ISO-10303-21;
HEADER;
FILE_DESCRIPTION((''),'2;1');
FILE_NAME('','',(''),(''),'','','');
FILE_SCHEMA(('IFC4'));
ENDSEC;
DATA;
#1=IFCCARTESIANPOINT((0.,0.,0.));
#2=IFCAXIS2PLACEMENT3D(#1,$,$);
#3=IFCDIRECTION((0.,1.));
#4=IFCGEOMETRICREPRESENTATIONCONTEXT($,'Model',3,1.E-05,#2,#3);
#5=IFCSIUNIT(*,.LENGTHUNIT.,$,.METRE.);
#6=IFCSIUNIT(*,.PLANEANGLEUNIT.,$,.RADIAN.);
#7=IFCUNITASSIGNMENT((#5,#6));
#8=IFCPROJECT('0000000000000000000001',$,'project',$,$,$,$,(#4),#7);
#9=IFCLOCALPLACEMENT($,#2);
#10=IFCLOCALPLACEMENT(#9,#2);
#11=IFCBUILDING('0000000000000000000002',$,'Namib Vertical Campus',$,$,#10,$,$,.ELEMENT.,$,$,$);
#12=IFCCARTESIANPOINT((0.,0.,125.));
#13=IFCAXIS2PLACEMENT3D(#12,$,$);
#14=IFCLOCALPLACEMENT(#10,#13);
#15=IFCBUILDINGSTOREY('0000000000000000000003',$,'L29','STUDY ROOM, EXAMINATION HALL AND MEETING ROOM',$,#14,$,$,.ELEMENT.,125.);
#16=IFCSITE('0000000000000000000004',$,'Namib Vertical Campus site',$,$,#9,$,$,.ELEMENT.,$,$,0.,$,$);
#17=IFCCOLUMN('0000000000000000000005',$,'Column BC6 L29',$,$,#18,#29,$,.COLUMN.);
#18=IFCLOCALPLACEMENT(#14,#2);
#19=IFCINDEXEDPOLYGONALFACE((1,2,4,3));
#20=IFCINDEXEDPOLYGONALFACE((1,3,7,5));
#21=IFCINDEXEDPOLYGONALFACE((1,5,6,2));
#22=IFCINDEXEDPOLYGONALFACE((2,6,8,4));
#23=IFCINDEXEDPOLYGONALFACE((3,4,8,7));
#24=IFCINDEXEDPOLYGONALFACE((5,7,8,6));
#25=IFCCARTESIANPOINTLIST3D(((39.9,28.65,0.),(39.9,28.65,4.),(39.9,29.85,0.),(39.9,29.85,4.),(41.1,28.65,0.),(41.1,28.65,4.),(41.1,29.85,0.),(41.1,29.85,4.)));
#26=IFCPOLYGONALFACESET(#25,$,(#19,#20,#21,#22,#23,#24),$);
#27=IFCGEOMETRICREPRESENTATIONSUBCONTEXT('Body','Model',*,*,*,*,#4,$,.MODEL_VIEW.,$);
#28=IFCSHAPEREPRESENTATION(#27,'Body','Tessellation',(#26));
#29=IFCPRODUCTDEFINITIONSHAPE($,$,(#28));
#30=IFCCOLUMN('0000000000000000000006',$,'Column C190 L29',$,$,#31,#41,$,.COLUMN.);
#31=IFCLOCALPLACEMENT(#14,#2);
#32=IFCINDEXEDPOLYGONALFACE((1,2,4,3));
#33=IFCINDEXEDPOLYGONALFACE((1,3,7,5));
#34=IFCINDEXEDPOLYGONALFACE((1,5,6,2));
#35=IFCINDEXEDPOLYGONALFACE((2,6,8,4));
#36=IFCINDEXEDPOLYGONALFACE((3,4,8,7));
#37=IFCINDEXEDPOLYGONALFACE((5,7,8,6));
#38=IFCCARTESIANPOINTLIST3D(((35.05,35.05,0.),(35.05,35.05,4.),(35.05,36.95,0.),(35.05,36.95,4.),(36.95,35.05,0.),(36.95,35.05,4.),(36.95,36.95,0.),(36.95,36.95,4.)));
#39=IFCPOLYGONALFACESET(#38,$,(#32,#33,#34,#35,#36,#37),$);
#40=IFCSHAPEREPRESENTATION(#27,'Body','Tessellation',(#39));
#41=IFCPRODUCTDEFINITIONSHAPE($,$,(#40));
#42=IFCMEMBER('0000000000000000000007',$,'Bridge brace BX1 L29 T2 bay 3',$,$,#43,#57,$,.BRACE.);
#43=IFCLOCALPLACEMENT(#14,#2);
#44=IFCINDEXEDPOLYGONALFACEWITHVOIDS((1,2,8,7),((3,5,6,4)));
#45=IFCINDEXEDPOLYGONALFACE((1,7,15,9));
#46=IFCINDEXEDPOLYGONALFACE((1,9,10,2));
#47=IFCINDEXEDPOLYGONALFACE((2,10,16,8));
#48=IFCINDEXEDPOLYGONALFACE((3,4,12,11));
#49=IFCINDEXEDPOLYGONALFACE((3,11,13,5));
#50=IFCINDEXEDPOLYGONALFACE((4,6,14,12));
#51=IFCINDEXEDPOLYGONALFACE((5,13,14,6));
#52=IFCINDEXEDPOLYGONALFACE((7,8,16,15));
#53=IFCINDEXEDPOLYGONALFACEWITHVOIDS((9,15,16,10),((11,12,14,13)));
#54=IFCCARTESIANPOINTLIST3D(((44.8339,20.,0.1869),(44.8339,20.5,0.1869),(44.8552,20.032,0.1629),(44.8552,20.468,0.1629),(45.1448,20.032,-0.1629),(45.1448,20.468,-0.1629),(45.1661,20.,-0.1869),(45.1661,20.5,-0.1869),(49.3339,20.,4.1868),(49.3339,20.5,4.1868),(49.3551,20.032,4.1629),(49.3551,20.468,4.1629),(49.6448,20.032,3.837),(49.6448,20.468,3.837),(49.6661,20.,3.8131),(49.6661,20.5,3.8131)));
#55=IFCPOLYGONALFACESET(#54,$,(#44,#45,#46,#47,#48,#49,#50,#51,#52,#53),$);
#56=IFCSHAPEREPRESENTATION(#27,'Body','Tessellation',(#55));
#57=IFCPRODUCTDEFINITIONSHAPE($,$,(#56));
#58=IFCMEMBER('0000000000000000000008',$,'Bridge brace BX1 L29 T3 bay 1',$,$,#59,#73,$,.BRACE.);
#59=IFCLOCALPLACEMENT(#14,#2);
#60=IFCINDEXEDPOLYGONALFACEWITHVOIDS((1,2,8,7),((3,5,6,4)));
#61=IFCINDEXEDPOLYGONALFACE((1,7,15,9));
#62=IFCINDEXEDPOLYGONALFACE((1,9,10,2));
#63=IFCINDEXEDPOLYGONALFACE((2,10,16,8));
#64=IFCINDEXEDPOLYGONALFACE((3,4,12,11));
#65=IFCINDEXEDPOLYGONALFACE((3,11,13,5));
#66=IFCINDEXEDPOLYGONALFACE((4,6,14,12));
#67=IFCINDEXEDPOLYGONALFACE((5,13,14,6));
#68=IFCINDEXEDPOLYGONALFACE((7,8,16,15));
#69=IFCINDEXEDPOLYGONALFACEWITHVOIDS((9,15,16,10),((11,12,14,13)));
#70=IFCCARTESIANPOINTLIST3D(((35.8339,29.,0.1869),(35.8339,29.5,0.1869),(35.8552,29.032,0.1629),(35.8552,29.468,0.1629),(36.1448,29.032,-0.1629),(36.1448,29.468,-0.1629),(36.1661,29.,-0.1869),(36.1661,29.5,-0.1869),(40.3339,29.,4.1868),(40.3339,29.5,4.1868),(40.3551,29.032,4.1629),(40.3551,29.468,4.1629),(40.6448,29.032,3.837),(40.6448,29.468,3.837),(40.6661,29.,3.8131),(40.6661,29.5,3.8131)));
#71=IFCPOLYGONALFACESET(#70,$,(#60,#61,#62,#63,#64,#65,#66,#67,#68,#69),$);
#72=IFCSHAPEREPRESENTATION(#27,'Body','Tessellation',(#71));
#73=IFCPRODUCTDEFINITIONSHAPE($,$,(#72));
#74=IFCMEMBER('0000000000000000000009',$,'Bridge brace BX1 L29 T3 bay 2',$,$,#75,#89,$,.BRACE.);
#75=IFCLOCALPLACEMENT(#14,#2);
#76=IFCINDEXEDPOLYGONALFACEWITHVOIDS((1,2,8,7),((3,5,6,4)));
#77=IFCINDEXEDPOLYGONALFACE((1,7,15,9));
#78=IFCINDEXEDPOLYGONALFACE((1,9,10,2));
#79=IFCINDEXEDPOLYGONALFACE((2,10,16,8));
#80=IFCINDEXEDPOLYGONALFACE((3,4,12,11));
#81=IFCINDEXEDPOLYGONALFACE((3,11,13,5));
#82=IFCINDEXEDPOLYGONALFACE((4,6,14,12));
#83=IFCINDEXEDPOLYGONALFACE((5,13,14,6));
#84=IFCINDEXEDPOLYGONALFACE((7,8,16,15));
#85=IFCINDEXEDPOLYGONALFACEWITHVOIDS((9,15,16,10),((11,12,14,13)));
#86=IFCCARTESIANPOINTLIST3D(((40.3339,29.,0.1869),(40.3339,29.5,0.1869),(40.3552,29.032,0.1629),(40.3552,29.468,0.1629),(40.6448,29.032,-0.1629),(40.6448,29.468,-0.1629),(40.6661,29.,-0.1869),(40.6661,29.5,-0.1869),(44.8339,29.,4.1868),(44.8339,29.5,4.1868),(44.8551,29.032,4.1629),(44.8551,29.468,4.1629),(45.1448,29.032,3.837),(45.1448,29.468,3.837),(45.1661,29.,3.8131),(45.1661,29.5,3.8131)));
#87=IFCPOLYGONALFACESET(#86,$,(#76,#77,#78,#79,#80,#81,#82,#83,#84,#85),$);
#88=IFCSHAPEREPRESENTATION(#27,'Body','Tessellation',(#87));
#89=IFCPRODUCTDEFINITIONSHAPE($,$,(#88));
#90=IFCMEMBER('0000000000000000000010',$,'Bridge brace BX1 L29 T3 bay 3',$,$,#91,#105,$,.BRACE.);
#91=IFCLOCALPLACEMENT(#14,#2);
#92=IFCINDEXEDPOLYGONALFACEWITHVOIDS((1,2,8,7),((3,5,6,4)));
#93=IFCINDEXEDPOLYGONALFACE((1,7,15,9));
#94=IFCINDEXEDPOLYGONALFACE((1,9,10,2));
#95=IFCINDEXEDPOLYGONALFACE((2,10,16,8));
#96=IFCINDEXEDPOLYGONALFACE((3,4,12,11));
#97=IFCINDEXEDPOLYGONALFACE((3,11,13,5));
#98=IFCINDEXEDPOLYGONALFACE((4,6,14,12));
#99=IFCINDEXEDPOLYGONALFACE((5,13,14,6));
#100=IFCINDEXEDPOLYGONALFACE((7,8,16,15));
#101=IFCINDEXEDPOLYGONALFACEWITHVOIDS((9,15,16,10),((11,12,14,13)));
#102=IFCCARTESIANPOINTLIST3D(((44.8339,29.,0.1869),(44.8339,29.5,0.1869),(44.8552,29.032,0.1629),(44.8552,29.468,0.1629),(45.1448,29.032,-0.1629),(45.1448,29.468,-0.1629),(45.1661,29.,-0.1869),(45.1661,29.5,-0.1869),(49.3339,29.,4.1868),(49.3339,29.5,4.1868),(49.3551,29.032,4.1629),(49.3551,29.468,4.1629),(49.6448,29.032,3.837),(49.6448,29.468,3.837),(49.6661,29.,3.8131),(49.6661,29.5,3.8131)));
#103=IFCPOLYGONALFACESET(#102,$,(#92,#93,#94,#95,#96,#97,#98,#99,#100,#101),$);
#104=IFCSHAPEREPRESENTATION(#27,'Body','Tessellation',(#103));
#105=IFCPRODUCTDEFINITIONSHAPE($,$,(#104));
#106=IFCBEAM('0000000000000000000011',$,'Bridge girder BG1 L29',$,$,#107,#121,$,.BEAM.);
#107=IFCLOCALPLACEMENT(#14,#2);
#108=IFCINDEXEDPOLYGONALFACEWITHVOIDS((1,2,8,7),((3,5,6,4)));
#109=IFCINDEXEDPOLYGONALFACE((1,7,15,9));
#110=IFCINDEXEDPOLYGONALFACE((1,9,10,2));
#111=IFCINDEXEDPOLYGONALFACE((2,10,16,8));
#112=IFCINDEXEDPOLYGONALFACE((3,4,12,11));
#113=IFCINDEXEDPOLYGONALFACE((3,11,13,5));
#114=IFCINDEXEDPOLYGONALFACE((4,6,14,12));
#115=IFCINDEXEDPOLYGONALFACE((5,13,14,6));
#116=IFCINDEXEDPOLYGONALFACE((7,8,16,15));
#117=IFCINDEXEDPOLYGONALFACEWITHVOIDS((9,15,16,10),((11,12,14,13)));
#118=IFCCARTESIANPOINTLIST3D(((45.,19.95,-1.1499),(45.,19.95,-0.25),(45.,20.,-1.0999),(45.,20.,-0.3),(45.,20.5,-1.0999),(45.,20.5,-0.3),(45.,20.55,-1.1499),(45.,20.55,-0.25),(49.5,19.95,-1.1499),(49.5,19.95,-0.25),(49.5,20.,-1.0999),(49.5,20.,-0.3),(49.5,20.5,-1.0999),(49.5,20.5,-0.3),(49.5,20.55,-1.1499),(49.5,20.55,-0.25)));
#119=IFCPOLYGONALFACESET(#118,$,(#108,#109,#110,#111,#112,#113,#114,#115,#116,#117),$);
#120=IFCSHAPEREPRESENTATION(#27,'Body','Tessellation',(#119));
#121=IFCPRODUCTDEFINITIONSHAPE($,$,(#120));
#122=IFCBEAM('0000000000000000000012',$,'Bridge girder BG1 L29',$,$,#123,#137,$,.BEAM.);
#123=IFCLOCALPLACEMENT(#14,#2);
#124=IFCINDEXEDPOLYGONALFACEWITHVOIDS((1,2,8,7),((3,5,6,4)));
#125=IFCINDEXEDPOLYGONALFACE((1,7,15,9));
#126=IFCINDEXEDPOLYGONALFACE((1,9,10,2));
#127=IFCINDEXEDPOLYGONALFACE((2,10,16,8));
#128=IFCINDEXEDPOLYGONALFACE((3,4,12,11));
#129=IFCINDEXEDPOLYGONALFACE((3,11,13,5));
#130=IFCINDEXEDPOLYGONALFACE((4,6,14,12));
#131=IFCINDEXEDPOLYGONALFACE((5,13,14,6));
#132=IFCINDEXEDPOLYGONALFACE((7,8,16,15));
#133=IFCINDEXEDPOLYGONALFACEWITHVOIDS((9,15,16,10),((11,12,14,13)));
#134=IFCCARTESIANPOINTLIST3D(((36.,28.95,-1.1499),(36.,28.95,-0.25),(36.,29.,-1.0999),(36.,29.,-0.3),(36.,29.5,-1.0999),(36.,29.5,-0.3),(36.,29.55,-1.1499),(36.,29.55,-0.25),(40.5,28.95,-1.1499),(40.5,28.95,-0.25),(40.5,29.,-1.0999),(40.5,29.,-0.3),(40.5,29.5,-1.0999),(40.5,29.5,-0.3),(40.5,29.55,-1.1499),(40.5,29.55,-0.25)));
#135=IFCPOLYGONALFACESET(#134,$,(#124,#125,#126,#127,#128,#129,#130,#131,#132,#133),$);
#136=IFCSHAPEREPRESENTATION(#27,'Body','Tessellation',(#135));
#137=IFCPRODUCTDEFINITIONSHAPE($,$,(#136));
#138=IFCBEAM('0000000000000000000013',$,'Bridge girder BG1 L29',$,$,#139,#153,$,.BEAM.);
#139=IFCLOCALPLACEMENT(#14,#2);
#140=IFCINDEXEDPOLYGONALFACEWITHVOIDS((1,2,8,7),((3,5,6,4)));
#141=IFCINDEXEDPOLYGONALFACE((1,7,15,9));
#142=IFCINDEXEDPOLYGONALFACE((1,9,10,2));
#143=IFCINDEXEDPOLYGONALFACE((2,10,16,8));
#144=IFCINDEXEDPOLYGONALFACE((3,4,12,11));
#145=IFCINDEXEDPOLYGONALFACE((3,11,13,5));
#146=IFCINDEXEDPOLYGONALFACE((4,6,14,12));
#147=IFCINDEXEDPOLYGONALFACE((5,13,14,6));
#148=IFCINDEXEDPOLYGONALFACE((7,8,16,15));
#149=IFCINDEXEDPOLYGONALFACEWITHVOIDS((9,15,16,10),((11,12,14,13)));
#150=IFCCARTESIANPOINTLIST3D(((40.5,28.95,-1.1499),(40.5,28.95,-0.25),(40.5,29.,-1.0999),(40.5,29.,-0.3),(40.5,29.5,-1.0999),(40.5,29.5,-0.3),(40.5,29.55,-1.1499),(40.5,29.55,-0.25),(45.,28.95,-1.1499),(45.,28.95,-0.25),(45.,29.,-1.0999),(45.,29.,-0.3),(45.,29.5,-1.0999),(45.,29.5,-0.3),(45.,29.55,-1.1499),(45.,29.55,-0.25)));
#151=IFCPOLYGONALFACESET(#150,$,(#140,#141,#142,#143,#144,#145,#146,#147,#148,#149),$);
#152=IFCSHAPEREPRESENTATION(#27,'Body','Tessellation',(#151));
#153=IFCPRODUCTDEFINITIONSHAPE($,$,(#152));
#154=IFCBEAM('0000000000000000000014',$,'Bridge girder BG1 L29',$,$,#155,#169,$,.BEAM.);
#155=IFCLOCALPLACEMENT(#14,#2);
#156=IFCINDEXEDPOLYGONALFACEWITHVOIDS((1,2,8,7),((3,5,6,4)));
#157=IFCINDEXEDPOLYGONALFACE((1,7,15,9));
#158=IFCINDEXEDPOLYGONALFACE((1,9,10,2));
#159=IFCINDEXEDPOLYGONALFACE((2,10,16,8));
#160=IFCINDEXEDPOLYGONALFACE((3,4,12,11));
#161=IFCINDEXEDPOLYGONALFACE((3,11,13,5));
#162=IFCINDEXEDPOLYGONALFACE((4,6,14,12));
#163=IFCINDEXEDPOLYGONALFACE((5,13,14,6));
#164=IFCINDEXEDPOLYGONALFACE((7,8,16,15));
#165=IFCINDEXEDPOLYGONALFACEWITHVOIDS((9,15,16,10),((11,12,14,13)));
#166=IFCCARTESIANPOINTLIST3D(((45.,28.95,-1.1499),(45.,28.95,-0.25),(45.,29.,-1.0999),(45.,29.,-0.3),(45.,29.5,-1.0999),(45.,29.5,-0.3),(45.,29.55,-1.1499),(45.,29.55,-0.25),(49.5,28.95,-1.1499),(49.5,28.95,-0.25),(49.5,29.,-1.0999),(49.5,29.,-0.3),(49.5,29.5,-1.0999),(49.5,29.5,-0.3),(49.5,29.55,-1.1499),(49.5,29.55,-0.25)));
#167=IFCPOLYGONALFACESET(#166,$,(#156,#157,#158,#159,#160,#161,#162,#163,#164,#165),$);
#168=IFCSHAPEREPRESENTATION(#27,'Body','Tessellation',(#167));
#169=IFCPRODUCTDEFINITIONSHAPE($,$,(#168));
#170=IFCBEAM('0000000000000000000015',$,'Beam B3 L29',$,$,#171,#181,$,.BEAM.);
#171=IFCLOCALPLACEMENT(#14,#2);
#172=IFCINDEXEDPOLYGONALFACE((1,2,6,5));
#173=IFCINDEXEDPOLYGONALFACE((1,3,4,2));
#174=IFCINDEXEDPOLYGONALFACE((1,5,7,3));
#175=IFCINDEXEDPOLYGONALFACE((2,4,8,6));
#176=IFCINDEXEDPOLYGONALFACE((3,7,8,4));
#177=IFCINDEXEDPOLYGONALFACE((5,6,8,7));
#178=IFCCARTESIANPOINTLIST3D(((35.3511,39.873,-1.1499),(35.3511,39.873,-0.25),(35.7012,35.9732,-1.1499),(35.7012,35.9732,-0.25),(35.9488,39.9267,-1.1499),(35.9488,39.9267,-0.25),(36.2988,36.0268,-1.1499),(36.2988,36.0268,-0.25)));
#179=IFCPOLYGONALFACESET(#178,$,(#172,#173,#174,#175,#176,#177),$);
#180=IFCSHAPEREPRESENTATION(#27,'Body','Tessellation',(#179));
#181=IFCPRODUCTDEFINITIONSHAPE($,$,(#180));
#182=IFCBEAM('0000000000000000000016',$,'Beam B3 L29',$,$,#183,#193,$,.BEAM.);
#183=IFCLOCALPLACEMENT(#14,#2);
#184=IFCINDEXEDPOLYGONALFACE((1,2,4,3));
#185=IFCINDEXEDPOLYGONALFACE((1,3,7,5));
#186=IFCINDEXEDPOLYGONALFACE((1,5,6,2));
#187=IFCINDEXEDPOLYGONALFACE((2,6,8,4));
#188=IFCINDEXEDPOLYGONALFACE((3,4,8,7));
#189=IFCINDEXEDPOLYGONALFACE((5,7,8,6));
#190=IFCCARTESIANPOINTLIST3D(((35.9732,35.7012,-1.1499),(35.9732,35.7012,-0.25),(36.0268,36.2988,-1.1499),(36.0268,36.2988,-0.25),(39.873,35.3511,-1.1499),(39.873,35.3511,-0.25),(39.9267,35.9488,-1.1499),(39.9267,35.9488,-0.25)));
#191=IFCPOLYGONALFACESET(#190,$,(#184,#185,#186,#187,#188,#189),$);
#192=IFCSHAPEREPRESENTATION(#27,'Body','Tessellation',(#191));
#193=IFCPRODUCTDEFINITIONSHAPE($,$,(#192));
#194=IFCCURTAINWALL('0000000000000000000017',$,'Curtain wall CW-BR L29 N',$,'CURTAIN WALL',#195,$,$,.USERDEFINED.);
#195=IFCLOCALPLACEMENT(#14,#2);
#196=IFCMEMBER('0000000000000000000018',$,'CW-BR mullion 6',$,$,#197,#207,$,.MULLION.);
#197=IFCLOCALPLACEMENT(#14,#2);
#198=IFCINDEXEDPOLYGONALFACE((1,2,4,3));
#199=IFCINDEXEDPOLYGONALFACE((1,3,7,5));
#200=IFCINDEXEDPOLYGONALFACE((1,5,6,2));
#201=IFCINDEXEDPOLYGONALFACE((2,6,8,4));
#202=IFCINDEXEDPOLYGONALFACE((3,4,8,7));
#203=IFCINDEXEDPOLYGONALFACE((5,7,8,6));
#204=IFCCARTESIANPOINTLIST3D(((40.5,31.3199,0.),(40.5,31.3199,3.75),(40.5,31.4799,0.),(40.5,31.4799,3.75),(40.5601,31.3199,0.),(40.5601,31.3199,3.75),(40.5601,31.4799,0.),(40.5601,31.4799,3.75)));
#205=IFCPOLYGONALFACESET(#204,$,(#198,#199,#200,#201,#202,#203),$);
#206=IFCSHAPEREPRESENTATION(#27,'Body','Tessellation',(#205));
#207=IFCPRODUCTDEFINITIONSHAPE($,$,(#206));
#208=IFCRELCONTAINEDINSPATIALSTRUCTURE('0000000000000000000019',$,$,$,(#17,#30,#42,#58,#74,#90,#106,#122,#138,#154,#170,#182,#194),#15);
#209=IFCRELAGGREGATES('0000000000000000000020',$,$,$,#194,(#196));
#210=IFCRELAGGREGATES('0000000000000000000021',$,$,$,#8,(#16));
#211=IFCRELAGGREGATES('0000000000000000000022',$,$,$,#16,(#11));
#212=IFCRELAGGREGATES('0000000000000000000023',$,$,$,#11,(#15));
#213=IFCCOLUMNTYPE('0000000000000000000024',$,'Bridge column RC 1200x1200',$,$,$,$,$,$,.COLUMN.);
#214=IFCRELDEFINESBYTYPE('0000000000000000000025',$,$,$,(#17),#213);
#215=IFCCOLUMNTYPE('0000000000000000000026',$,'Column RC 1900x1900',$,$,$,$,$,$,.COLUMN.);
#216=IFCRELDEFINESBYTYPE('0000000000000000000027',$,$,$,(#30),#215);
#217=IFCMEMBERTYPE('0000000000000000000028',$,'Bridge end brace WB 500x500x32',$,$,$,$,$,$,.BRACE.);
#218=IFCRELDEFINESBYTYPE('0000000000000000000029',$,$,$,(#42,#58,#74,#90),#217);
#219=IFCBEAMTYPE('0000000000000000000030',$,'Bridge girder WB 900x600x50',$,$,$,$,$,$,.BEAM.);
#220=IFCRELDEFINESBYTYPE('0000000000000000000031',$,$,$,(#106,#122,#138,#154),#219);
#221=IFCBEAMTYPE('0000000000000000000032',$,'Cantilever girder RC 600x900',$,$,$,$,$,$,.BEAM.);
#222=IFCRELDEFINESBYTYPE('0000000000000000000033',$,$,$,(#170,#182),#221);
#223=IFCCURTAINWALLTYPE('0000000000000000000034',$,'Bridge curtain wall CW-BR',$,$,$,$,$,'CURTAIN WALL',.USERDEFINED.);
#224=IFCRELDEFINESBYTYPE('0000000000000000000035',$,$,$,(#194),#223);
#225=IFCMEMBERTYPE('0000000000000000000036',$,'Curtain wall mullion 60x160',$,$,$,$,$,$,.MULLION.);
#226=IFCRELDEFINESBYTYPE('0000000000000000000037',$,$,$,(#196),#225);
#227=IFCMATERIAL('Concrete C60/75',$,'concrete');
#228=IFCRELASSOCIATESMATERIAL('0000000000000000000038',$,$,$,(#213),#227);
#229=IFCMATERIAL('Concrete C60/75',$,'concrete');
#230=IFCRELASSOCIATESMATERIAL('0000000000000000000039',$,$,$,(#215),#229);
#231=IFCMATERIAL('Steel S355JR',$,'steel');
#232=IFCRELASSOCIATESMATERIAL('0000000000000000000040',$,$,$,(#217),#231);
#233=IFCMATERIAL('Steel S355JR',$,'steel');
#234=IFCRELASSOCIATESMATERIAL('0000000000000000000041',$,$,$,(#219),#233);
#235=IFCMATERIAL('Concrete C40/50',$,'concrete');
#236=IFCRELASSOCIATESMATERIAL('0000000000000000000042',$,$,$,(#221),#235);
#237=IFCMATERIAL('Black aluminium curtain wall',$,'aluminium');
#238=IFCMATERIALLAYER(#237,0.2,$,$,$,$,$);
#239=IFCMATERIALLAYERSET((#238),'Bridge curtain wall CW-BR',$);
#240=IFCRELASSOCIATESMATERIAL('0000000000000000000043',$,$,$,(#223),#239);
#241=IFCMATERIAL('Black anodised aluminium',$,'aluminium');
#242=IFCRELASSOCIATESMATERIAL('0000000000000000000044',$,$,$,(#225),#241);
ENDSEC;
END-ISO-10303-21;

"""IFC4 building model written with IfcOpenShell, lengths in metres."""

from ifc_helpers import new_model, si_unit, direction, frame, origin, origin_2d, place, context, subcontext, project, spatial, rectangle, hollow_rectangle, extrude, material, layer, layer_set, material_profile, profile_set, type_object, element, aggregate, save


model = new_model("IFC4")

# Units and contexts
model_context = context("Model", 3, precision=1e-05, world=origin(), true_north=direction((0.0, 1.0)))
body_context = subcontext(model_context, "Body", "Model", "MODEL_VIEW")
ifc_project = project(units=[si_unit("LENGTHUNIT", "METRE"), si_unit("PLANEANGLEUNIT", "RADIAN")], contexts=[model_context])

# Site, building, storey
site_placement = place(None, origin())
site = spatial("IfcSite", under=ifc_project, at=site_placement, Name="Namib Vertical Campus site", CompositionType="ELEMENT", RefElevation=0.0)
building_placement = place(site_placement, origin())
building = spatial("IfcBuilding", under=site, at=building_placement, Name="Namib Vertical Campus", CompositionType="ELEMENT")
storey_placement = place(building_placement, frame((0.0, 0.0, 125.0)))
storey = spatial("IfcBuildingStorey", under=building, at=storey_placement, Name="L29", Description="STUDY ROOM, EXAMINATION HALL AND MEETING ROOM", CompositionType="ELEMENT", Elevation=125.0)

# Columns
ifc_material_1 = material(Name="Concrete C60/75", Category="concrete")
ifc_material_profile_1 = material_profile(ifc_material_1, rectangle(XDim=1.2, YDim=1.2, at=origin_2d()))
ifc_profile_set_1 = profile_set([ifc_material_profile_1], Name="Concrete C60/75")
column_type_1 = type_object("IfcColumnType", Name="Bridge column RC 1200x1200", PredefinedType="COLUMN", material=ifc_profile_set_1)
column_1_placement = place(storey_placement, frame((40.5, 29.25, 0.0), z_axis=(0.0, 0.0, 1.0), x_axis=(1.0, 0.0, 0.0)))
element("IfcColumn", 1, at=column_1_placement, inside=storey, type_object=column_type_1, Name="Column BC6 L29", PredefinedType="COLUMN", context=body_context, shape_type="SweptSolid", body=[
    extrude(rectangle(XDim=1.2, YDim=1.2, at=origin_2d()), origin(), (0.0, 0.0, 1.0), 4.0),
])
ifc_material_2 = material(Name="Concrete C60/75", Category="concrete")
ifc_material_profile_2 = material_profile(ifc_material_2, rectangle(XDim=1.8999, YDim=1.8999, at=origin_2d()))
ifc_profile_set_2 = profile_set([ifc_material_profile_2], Name="Concrete C60/75")
column_type_2 = type_object("IfcColumnType", Name="Column RC 1900x1900", PredefinedType="COLUMN", material=ifc_profile_set_2)
column_2_placement = place(storey_placement, frame((36.0, 36.0, 0.0), z_axis=(0.0, 0.0, 1.0), x_axis=(1.0, 0.0, 0.0)))
element("IfcColumn", 2, at=column_2_placement, inside=storey, type_object=column_type_2, Name="Column C190 L29", PredefinedType="COLUMN", context=body_context, shape_type="SweptSolid", body=[
    extrude(rectangle(XDim=1.8999, YDim=1.8999, at=origin_2d()), origin(), (0.0, 0.0, 1.0), 4.0),
])

# Members
ifc_material_3 = material(Name="Steel S355JR", Category="steel")
ifc_material_profile_3 = material_profile(ifc_material_3, hollow_rectangle(XDim=0.5, YDim=0.5, WallThickness=0.032, at=origin_2d()))
ifc_profile_set_3 = profile_set([ifc_material_profile_3], Name="Steel S355JR")
member_type_1 = type_object("IfcMemberType", Name="Bridge end brace WB 500x500x32", PredefinedType="BRACE", material=ifc_profile_set_3)
for number, where, z_axis, x_axis, name in (
    (3, (45.0, 20.25, 0.0), (0.747409, 0.0, 0.664364), (0.0, 1.0, 0.0), "Bridge brace BX1 L29 T2 bay 3"),
    (4, (36.0, 29.25, 0.0), (0.747409, 0.0, 0.664364), (0.0, 1.0, 0.0), "Bridge brace BX1 L29 T3 bay 1"),
    (5, (40.5, 29.25, 0.0), (0.747409, 0.0, 0.664364), (0.0, 1.0, 0.0), "Bridge brace BX1 L29 T3 bay 2"),
    (6, (45.0, 29.25, 0.0), (0.747409, 0.0, 0.664364), (0.0, 1.0, 0.0), "Bridge brace BX1 L29 T3 bay 3"),
):
    element("IfcMember", number, at=place(storey_placement, frame(where, z_axis=z_axis, x_axis=x_axis)), inside=storey, type_object=member_type_1, Name=name, PredefinedType="BRACE", context=body_context, shape_type="SweptSolid", body=[
        extrude(hollow_rectangle(XDim=0.5, YDim=0.5, WallThickness=0.032, at=origin_2d()), origin(), (0.0, 0.0, 1.0), 6.0208),
    ])

# Beams
ifc_material_4 = material(Name="Steel S355JR", Category="steel")
ifc_material_profile_4 = material_profile(ifc_material_4, hollow_rectangle(XDim=0.6001, YDim=0.8999, WallThickness=0.05, at=origin_2d()))
ifc_profile_set_4 = profile_set([ifc_material_profile_4], Name="Steel S355JR")
beam_type_1 = type_object("IfcBeamType", Name="Bridge girder WB 900x600x50", PredefinedType="BEAM", material=ifc_profile_set_4)
for number, where, z_axis, x_axis, name in (
    (7, (45.0, 20.25, -0.7), (1.0, 0.0, 0.0), (0.0, 1.0, 0.0), "Bridge girder BG1 L29"),
    (8, (36.0, 29.25, -0.7), (1.0, 0.0, 0.0), (0.0, 1.0, 0.0), "Bridge girder BG1 L29"),
    (9, (40.5, 29.25, -0.7), (1.0, 0.0, 0.0), (0.0, 1.0, 0.0), "Bridge girder BG1 L29"),
    (10, (45.0, 29.25, -0.7), (1.0, 0.0, 0.0), (0.0, 1.0, 0.0), "Bridge girder BG1 L29"),
):
    element("IfcBeam", number, at=place(storey_placement, frame(where, z_axis=z_axis, x_axis=x_axis)), inside=storey, type_object=beam_type_1, Name=name, PredefinedType="BEAM", context=body_context, shape_type="SweptSolid", body=[
        extrude(hollow_rectangle(XDim=0.6001, YDim=0.8999, WallThickness=0.05, at=origin_2d()), origin(), (0.0, 0.0, 1.0), 4.5),
    ])
ifc_material_5 = material(Name="Concrete C40/50", Category="concrete")
ifc_material_profile_5 = material_profile(ifc_material_5, rectangle(XDim=0.6001, YDim=0.8999, at=origin_2d()))
ifc_profile_set_5 = profile_set([ifc_material_profile_5], Name="Concrete C40/50")
beam_type_2 = type_object("IfcBeamType", Name="Cantilever girder RC 600x900", PredefinedType="BEAM", material=ifc_profile_set_5)
for number, where, z_axis, x_axis, name in (
    (11, (36.0, 36.0, -0.7), (-0.089411, 0.995995, 0.0), (-0.995995, -0.089411, 0.0), "Beam B3 L29"),
    (12, (36.0, 36.0, -0.7), (0.995995, -0.089411, 0.0), (0.089411, 0.995995, 0.0), "Beam B3 L29"),
):
    element("IfcBeam", number, at=place(storey_placement, frame(where, z_axis=z_axis, x_axis=x_axis)), inside=storey, type_object=beam_type_2, Name=name, PredefinedType="BEAM", context=body_context, shape_type="SweptSolid", body=[
        extrude(rectangle(XDim=0.6001, YDim=0.8999, at=origin_2d()), origin(), (0.0, 0.0, 1.0), 3.9155),
    ])

# Curtain wall, member
ifc_material_6 = material(Name="Black aluminium curtain wall", Category="aluminium")
ifc_layer_1 = layer(ifc_material_6, 0.2)
ifc_layer_set_1 = layer_set([ifc_layer_1], Name="Bridge curtain wall CW-BR")
curtain_wall_type = type_object("IfcCurtainWallType", Name="Bridge curtain wall CW-BR", ElementType="CURTAIN WALL", PredefinedType="USERDEFINED", material=ifc_layer_set_1)
curtain_wall_placement = place(storey_placement, origin())
curtain_wall = element("IfcCurtainWall", 13, at=curtain_wall_placement, inside=storey, type_object=curtain_wall_type, Name="Curtain wall CW-BR L29 N", ObjectType="CURTAIN WALL", PredefinedType="USERDEFINED")
ifc_material_7 = material(Name="Black anodised aluminium", Category="aluminium")
ifc_material_profile_6 = material_profile(ifc_material_7, rectangle(XDim=0.0601, YDim=0.1599, at=origin_2d()))
ifc_profile_set_6 = profile_set([ifc_material_profile_6], Name="Black anodised aluminium")
member_type_2 = type_object("IfcMemberType", Name="Curtain wall mullion 60x160", PredefinedType="MULLION", material=ifc_profile_set_6)
member_1_placement = place(storey_placement, frame((40.53, 31.3999, 0.0), z_axis=(0.0, 0.0, 1.0), x_axis=(-1.0, 0.0, 0.0)))
member_1 = element("IfcMember", 14, at=member_1_placement, type_object=member_type_2, Name="CW-BR mullion 6", PredefinedType="MULLION", context=body_context, shape_type="SweptSolid", body=[
    extrude(rectangle(XDim=0.0601, YDim=0.1599, at=origin_2d()), origin(), (0.0, 0.0, 1.0), 3.75),
])

aggregate(curtain_wall, [member_1])

save(model, "model.ifc")
